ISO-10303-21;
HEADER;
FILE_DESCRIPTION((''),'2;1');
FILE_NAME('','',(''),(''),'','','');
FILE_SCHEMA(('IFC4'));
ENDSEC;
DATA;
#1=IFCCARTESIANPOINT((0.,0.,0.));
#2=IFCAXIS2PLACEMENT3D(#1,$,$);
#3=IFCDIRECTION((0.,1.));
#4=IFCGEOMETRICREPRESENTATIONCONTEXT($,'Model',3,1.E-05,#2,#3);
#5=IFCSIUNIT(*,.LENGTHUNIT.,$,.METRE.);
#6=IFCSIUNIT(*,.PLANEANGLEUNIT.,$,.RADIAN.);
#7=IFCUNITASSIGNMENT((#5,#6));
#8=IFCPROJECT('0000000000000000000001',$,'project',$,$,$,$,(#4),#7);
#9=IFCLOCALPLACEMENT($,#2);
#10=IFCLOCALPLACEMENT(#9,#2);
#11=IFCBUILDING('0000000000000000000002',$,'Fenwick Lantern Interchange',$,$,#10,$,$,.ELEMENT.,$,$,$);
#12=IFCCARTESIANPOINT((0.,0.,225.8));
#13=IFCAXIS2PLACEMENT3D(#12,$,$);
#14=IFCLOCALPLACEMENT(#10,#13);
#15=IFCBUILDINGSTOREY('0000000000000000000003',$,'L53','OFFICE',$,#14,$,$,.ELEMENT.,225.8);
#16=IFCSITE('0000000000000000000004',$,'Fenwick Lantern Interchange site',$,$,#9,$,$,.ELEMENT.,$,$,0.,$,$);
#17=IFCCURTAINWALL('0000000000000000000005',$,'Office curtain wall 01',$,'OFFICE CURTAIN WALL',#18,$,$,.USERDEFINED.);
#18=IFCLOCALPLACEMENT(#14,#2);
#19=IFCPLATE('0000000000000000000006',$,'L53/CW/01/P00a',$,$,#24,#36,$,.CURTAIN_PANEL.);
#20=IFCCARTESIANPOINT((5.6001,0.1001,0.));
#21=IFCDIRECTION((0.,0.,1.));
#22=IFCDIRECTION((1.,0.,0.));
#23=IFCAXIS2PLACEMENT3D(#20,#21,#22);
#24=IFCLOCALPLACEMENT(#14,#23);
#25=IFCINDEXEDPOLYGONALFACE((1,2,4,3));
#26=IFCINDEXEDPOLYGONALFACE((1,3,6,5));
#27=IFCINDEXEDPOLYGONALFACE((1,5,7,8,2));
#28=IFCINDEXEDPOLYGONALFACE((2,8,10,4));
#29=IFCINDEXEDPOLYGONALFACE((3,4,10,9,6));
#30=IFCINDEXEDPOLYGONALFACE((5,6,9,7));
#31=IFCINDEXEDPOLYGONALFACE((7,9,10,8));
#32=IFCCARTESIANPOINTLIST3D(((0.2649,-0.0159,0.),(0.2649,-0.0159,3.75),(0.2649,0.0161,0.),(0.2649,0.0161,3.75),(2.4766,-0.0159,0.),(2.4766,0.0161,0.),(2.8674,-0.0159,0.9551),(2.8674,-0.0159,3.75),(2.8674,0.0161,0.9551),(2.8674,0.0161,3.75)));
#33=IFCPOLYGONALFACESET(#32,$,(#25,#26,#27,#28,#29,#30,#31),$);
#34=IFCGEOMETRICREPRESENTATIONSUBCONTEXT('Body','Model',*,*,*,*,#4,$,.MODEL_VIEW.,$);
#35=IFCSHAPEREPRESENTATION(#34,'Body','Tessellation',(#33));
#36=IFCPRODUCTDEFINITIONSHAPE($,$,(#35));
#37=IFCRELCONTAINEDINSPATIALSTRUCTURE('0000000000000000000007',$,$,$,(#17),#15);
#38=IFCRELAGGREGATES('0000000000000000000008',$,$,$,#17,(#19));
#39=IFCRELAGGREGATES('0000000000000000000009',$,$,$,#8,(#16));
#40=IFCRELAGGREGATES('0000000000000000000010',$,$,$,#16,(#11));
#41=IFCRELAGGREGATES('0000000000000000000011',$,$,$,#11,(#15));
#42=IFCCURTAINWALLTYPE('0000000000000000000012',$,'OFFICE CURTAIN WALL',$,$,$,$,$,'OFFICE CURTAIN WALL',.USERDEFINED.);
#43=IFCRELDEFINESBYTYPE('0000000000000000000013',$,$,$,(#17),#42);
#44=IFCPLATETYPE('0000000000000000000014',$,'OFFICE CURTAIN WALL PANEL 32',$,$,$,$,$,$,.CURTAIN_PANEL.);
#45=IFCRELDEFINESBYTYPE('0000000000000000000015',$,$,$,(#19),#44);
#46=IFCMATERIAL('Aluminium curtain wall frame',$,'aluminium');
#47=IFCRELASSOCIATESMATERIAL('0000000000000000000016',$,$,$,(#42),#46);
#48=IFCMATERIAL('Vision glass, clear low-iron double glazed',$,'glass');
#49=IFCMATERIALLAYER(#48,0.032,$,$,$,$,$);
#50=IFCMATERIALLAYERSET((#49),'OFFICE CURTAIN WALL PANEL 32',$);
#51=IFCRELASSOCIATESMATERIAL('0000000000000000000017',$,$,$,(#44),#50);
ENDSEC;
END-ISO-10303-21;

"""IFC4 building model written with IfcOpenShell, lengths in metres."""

from ifc_helpers import new_model, si_unit, direction, frame, origin, place, context, subcontext, project, spatial, polyline, outline, extrude, material, layer, layer_set, type_object, element, aggregate, save


model = new_model("IFC4")

# Units and contexts
model_context = context("Model", 3, precision=1e-05, world=origin(), true_north=direction((0.0, 1.0)))
body_context = subcontext(model_context, "Body", "Model", "MODEL_VIEW")
ifc_project = project(units=[si_unit("LENGTHUNIT", "METRE"), si_unit("PLANEANGLEUNIT", "RADIAN")], contexts=[model_context])

# Site, building, storey
site_placement = place(None, origin())
site = spatial("IfcSite", under=ifc_project, at=site_placement, Name="Fenwick Lantern Interchange site", CompositionType="ELEMENT", RefElevation=0.0)
building_placement = place(site_placement, origin())
building = spatial("IfcBuilding", under=site, at=building_placement, Name="Fenwick Lantern Interchange", CompositionType="ELEMENT")
storey_placement = place(building_placement, frame((0.0, 0.0, 225.8)))
storey = spatial("IfcBuildingStorey", under=building, at=storey_placement, Name="L53", Description="OFFICE", CompositionType="ELEMENT", Elevation=225.8)

# Shared definitions
ifc_material_1 = material(Name="Aluminium curtain wall frame", Category="aluminium")
curtain_wall_type = type_object("IfcCurtainWallType", Name="OFFICE CURTAIN WALL", ElementType="OFFICE CURTAIN WALL", PredefinedType="USERDEFINED", material=ifc_material_1)

# Curtain wall, plate
curtain_wall_1_placement = place(storey_placement, origin())
curtain_wall_1 = element("IfcCurtainWall", 1, at=curtain_wall_1_placement, inside=storey, type_object=curtain_wall_type, Name="Office curtain wall 01", ObjectType="OFFICE CURTAIN WALL", PredefinedType="USERDEFINED")
ifc_material_2 = material(Name="Vision glass, clear low-iron double glazed", Category="glass")
ifc_layer_1 = layer(ifc_material_2, 0.032)
ifc_layer_set_1 = layer_set([ifc_layer_1], Name="OFFICE CURTAIN WALL PANEL 32")
plate_type = type_object("IfcPlateType", Name="OFFICE CURTAIN WALL PANEL 32", PredefinedType="CURTAIN_PANEL", material=ifc_layer_set_1)
plate_1_placement = place(storey_placement, frame((5.6001, 0.1001, 0.0), z_axis=(0.0, 0.0, 1.0), x_axis=(1.0, 0.0, 0.0)))
plate_1 = element("IfcPlate", 2, at=plate_1_placement, type_object=plate_type, Name="L53/CW/01/P00a", PredefinedType="CURTAIN_PANEL", context=body_context, shape_type="SweptSolid", body=[
    extrude(outline(polyline([(0.2649, 0.0), (2.4766, 0.0), (2.8674, 0.9551), (2.8674, 3.75), (0.2649, 3.75), (0.2649, 0.0)])), frame((0.0, 0.0161, 0.0), z_axis=(0.0, -1.0, 0.0), x_axis=(1.0, 0.0, 0.0)), (0.0, 0.0, 1.0), 0.032),
])
aggregate(curtain_wall_1, [plate_1])

save(model, "model.ifc")
